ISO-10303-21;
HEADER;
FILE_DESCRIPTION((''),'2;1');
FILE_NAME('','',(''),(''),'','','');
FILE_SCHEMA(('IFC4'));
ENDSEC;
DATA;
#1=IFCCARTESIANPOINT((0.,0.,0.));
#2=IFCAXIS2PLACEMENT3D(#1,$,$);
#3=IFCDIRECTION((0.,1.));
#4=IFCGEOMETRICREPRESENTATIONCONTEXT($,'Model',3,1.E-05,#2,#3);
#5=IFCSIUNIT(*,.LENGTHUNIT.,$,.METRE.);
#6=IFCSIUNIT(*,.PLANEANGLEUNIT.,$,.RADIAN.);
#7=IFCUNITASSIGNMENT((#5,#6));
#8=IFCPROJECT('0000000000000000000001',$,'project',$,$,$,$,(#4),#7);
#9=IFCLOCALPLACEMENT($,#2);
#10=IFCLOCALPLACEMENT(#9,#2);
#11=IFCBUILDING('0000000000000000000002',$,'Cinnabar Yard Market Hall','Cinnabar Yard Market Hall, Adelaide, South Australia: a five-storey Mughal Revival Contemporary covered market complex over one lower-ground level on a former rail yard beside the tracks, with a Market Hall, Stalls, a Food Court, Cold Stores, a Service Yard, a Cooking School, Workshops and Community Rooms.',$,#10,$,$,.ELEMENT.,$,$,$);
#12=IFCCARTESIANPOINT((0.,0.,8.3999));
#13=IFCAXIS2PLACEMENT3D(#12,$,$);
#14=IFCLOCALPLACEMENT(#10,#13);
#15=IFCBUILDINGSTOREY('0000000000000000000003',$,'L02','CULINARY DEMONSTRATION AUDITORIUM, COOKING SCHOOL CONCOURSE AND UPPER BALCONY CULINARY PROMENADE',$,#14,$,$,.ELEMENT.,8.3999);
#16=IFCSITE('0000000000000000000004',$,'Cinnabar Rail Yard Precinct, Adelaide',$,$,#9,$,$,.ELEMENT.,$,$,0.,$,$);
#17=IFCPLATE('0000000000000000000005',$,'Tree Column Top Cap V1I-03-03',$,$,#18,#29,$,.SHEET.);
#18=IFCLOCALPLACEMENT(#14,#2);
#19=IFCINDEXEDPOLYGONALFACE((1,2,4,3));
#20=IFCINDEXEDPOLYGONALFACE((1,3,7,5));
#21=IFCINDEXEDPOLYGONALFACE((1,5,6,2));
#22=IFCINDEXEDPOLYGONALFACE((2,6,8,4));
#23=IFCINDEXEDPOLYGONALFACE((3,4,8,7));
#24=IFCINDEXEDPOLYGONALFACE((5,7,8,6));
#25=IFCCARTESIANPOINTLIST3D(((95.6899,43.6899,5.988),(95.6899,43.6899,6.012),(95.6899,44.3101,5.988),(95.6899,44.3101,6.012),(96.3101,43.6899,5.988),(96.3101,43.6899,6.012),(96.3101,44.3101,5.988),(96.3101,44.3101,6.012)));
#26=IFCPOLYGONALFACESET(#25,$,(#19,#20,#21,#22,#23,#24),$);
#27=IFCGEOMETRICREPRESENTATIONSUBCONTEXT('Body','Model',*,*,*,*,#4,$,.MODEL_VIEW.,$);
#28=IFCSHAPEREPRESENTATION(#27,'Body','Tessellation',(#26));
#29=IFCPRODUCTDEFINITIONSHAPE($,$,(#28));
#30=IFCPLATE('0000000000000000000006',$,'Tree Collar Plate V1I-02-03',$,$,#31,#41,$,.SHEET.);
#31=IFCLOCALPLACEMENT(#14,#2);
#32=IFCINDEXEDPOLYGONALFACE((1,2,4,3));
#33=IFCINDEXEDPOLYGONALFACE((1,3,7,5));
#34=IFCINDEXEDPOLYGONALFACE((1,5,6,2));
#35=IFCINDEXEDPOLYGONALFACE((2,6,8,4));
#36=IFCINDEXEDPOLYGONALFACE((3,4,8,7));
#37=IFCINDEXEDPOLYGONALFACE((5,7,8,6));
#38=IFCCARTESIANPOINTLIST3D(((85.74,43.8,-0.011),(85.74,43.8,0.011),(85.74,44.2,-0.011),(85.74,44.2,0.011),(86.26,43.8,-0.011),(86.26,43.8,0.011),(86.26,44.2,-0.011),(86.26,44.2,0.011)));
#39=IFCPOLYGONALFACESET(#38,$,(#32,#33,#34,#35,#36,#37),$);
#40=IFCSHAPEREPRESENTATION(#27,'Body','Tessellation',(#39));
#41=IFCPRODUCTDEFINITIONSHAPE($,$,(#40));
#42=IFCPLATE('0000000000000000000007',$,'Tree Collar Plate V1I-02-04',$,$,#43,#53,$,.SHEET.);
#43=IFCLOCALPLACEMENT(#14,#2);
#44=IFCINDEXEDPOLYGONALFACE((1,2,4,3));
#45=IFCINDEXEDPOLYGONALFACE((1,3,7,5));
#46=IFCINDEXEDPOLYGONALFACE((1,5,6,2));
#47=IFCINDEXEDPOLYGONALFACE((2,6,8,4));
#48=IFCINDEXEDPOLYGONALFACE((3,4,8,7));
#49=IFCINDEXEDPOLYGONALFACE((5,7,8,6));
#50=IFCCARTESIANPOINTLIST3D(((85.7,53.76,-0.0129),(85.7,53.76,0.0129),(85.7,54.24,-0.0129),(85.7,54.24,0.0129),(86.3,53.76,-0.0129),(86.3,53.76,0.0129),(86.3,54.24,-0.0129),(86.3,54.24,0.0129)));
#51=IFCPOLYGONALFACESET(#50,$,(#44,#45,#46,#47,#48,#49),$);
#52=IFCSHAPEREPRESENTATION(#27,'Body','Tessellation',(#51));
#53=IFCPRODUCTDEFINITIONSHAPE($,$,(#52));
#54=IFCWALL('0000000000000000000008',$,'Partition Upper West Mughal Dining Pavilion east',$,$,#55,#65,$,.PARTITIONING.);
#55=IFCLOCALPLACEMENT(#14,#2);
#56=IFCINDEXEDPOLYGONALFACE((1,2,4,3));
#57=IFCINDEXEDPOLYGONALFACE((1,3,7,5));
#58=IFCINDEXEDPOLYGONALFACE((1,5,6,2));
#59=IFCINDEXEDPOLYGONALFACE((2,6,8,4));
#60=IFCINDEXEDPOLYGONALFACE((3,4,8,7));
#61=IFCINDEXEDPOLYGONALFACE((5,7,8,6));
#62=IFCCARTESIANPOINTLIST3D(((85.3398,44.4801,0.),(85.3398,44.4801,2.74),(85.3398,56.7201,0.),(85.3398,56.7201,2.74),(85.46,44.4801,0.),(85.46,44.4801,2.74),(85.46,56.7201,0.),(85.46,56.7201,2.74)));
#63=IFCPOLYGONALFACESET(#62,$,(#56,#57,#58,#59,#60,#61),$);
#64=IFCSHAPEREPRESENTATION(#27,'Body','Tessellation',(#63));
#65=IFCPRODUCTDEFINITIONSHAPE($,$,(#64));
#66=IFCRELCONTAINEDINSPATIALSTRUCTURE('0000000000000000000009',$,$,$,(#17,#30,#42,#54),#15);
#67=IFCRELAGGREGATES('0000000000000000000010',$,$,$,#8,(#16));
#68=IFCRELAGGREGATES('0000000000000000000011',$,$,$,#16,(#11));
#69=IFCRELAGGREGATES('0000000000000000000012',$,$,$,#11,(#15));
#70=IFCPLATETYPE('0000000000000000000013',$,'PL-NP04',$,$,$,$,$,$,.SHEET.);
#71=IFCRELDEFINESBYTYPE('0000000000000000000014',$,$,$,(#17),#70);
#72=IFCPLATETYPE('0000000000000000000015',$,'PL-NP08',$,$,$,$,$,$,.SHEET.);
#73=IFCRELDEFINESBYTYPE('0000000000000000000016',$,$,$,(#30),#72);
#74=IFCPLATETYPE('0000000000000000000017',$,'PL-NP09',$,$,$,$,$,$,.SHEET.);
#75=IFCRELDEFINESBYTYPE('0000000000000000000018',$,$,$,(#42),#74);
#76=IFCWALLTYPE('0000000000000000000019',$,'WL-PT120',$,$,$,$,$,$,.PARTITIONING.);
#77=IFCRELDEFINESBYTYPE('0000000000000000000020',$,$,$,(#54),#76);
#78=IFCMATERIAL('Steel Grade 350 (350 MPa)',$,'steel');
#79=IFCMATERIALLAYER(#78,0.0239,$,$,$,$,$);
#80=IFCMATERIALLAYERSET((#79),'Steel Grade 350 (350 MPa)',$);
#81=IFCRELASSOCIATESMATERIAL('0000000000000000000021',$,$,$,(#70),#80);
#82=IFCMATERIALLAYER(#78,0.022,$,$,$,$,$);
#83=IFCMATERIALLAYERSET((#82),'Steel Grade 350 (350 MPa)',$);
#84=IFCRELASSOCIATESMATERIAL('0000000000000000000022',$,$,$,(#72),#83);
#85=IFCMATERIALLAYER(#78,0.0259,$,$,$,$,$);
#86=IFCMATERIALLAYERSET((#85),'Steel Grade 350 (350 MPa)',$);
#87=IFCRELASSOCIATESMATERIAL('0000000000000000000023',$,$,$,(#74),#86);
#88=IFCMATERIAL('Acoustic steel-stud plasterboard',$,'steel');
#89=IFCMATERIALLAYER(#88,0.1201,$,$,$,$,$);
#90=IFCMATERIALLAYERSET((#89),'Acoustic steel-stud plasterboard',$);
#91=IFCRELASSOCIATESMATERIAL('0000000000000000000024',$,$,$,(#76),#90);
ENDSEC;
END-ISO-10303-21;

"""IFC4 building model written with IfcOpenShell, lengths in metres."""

from ifc_helpers import new_model, si_unit, direction, frame, frame_2d, origin, origin_2d_with_axis, place, context, subcontext, project, spatial, rectangle, extrude, material, layer, layer_set, type_object, element, save


model = new_model("IFC4")

# Units and contexts
model_context = context("Model", 3, precision=1e-05, world=origin(), true_north=direction((0.0, 1.0)))
body_context = subcontext(model_context, "Body", "Model", "MODEL_VIEW")
ifc_project = project(units=[si_unit("LENGTHUNIT", "METRE"), si_unit("PLANEANGLEUNIT", "RADIAN")], contexts=[model_context])

# Site, building, storey
site_placement = place(None, origin())
site = spatial("IfcSite", under=ifc_project, at=site_placement, Name="Cinnabar Rail Yard Precinct, Adelaide", CompositionType="ELEMENT", RefElevation=0.0)
building_placement = place(site_placement, origin())
building = spatial("IfcBuilding", under=site, at=building_placement, Name="Cinnabar Yard Market Hall", Description="Cinnabar Yard Market Hall, Adelaide, South Australia: a five-storey Mughal Revival Contemporary covered market complex over one lower-ground level on a former rail yard beside the tracks, with a Market Hall, Stalls, a Food Court, Cold Stores, a Service Yard, a Cooking School, Workshops and Community Rooms.", CompositionType="ELEMENT")
storey_placement = place(building_placement, frame((0.0, 0.0, 8.3999)))
storey = spatial("IfcBuildingStorey", under=building, at=storey_placement, Name="L02", Description="CULINARY DEMONSTRATION AUDITORIUM, COOKING SCHOOL CONCOURSE AND UPPER BALCONY CULINARY PROMENADE", CompositionType="ELEMENT", Elevation=8.3999)

# Plates
ifc_material_1 = material(Name="Steel Grade 350 (350 MPa)", Category="steel")
ifc_layer_1 = layer(ifc_material_1, 0.0239)
ifc_layer_set_1 = layer_set([ifc_layer_1], Name="Steel Grade 350 (350 MPa)")
plate_type_1 = type_object("IfcPlateType", Name="PL-NP04", PredefinedType="SHEET", material=ifc_layer_set_1)
for number, where, z_axis, x_axis, name in (
    (1, (96.0, 44.0, 5.988), (0.0, 0.0, 1.0), (1.0, 0.0, 0.0), "Tree Column Top Cap V1I-03-03"),
):
    element("IfcPlate", number, at=place(storey_placement, frame(where, z_axis=z_axis, x_axis=x_axis)), inside=storey, type_object=plate_type_1, Name=name, PredefinedType="SHEET", context=body_context, shape_type="SweptSolid", body=[
        extrude(rectangle(XDim=0.6201, YDim=0.6201, at=origin_2d_with_axis()), origin(), (0.0, 0.0, 1.0), 0.0239),
    ])
ifc_layer_2 = layer(ifc_material_1, 0.022)
ifc_layer_set_2 = layer_set([ifc_layer_2], Name="Steel Grade 350 (350 MPa)")
plate_type_2 = type_object("IfcPlateType", Name="PL-NP08", PredefinedType="SHEET", material=ifc_layer_set_2)
plate_1_placement = place(storey_placement, frame((86.0, 44.0, -0.011), z_axis=(0.0, 0.0, 1.0), x_axis=(1.0, 0.0, 0.0)))
element("IfcPlate", 2, at=plate_1_placement, inside=storey, type_object=plate_type_2, Name="Tree Collar Plate V1I-02-03", PredefinedType="SHEET", context=body_context, shape_type="SweptSolid", body=[
    extrude(rectangle(XDim=0.52, YDim=0.3999, at=origin_2d_with_axis()), origin(), (0.0, 0.0, 1.0), 0.022),
])
ifc_layer_3 = layer(ifc_material_1, 0.0259)
ifc_layer_set_3 = layer_set([ifc_layer_3], Name="Steel Grade 350 (350 MPa)")
plate_type_3 = type_object("IfcPlateType", Name="PL-NP09", PredefinedType="SHEET", material=ifc_layer_set_3)
plate_2_placement = place(storey_placement, frame((86.0, 54.0, -0.0129), z_axis=(0.0, 0.0, 1.0), x_axis=(1.0, 0.0, 0.0)))
element("IfcPlate", 3, at=plate_2_placement, inside=storey, type_object=plate_type_3, Name="Tree Collar Plate V1I-02-04", PredefinedType="SHEET", context=body_context, shape_type="SweptSolid", body=[
    extrude(rectangle(XDim=0.6001, YDim=0.48, at=origin_2d_with_axis()), origin(), (0.0, 0.0, 1.0), 0.0259),
])

# Wall
ifc_material_2 = material(Name="Acoustic steel-stud plasterboard", Category="steel")
ifc_layer_4 = layer(ifc_material_2, 0.1201)
ifc_layer_set_4 = layer_set([ifc_layer_4], Name="Acoustic steel-stud plasterboard")
wall_type = type_object("IfcWallType", Name="WL-PT120", PredefinedType="PARTITIONING", material=ifc_layer_set_4)
wall_placement = place(storey_placement, frame((85.3999, 44.48, 0.0), z_axis=(0.0, 0.0, 1.0), x_axis=(0.0, 1.0, 0.0)))
element("IfcWall", 4, at=wall_placement, inside=storey, type_object=wall_type, Name="Partition Upper West Mughal Dining Pavilion east", PredefinedType="PARTITIONING", context=body_context, shape_type="SweptSolid", body=[
    extrude(rectangle(XDim=12.24, YDim=0.1201, at=frame_2d((6.1201, 0.0), x_axis=(1.0, 0.0))), origin(), (0.0, 0.0, 1.0), 2.74),
])

save(model, "model.ifc")
